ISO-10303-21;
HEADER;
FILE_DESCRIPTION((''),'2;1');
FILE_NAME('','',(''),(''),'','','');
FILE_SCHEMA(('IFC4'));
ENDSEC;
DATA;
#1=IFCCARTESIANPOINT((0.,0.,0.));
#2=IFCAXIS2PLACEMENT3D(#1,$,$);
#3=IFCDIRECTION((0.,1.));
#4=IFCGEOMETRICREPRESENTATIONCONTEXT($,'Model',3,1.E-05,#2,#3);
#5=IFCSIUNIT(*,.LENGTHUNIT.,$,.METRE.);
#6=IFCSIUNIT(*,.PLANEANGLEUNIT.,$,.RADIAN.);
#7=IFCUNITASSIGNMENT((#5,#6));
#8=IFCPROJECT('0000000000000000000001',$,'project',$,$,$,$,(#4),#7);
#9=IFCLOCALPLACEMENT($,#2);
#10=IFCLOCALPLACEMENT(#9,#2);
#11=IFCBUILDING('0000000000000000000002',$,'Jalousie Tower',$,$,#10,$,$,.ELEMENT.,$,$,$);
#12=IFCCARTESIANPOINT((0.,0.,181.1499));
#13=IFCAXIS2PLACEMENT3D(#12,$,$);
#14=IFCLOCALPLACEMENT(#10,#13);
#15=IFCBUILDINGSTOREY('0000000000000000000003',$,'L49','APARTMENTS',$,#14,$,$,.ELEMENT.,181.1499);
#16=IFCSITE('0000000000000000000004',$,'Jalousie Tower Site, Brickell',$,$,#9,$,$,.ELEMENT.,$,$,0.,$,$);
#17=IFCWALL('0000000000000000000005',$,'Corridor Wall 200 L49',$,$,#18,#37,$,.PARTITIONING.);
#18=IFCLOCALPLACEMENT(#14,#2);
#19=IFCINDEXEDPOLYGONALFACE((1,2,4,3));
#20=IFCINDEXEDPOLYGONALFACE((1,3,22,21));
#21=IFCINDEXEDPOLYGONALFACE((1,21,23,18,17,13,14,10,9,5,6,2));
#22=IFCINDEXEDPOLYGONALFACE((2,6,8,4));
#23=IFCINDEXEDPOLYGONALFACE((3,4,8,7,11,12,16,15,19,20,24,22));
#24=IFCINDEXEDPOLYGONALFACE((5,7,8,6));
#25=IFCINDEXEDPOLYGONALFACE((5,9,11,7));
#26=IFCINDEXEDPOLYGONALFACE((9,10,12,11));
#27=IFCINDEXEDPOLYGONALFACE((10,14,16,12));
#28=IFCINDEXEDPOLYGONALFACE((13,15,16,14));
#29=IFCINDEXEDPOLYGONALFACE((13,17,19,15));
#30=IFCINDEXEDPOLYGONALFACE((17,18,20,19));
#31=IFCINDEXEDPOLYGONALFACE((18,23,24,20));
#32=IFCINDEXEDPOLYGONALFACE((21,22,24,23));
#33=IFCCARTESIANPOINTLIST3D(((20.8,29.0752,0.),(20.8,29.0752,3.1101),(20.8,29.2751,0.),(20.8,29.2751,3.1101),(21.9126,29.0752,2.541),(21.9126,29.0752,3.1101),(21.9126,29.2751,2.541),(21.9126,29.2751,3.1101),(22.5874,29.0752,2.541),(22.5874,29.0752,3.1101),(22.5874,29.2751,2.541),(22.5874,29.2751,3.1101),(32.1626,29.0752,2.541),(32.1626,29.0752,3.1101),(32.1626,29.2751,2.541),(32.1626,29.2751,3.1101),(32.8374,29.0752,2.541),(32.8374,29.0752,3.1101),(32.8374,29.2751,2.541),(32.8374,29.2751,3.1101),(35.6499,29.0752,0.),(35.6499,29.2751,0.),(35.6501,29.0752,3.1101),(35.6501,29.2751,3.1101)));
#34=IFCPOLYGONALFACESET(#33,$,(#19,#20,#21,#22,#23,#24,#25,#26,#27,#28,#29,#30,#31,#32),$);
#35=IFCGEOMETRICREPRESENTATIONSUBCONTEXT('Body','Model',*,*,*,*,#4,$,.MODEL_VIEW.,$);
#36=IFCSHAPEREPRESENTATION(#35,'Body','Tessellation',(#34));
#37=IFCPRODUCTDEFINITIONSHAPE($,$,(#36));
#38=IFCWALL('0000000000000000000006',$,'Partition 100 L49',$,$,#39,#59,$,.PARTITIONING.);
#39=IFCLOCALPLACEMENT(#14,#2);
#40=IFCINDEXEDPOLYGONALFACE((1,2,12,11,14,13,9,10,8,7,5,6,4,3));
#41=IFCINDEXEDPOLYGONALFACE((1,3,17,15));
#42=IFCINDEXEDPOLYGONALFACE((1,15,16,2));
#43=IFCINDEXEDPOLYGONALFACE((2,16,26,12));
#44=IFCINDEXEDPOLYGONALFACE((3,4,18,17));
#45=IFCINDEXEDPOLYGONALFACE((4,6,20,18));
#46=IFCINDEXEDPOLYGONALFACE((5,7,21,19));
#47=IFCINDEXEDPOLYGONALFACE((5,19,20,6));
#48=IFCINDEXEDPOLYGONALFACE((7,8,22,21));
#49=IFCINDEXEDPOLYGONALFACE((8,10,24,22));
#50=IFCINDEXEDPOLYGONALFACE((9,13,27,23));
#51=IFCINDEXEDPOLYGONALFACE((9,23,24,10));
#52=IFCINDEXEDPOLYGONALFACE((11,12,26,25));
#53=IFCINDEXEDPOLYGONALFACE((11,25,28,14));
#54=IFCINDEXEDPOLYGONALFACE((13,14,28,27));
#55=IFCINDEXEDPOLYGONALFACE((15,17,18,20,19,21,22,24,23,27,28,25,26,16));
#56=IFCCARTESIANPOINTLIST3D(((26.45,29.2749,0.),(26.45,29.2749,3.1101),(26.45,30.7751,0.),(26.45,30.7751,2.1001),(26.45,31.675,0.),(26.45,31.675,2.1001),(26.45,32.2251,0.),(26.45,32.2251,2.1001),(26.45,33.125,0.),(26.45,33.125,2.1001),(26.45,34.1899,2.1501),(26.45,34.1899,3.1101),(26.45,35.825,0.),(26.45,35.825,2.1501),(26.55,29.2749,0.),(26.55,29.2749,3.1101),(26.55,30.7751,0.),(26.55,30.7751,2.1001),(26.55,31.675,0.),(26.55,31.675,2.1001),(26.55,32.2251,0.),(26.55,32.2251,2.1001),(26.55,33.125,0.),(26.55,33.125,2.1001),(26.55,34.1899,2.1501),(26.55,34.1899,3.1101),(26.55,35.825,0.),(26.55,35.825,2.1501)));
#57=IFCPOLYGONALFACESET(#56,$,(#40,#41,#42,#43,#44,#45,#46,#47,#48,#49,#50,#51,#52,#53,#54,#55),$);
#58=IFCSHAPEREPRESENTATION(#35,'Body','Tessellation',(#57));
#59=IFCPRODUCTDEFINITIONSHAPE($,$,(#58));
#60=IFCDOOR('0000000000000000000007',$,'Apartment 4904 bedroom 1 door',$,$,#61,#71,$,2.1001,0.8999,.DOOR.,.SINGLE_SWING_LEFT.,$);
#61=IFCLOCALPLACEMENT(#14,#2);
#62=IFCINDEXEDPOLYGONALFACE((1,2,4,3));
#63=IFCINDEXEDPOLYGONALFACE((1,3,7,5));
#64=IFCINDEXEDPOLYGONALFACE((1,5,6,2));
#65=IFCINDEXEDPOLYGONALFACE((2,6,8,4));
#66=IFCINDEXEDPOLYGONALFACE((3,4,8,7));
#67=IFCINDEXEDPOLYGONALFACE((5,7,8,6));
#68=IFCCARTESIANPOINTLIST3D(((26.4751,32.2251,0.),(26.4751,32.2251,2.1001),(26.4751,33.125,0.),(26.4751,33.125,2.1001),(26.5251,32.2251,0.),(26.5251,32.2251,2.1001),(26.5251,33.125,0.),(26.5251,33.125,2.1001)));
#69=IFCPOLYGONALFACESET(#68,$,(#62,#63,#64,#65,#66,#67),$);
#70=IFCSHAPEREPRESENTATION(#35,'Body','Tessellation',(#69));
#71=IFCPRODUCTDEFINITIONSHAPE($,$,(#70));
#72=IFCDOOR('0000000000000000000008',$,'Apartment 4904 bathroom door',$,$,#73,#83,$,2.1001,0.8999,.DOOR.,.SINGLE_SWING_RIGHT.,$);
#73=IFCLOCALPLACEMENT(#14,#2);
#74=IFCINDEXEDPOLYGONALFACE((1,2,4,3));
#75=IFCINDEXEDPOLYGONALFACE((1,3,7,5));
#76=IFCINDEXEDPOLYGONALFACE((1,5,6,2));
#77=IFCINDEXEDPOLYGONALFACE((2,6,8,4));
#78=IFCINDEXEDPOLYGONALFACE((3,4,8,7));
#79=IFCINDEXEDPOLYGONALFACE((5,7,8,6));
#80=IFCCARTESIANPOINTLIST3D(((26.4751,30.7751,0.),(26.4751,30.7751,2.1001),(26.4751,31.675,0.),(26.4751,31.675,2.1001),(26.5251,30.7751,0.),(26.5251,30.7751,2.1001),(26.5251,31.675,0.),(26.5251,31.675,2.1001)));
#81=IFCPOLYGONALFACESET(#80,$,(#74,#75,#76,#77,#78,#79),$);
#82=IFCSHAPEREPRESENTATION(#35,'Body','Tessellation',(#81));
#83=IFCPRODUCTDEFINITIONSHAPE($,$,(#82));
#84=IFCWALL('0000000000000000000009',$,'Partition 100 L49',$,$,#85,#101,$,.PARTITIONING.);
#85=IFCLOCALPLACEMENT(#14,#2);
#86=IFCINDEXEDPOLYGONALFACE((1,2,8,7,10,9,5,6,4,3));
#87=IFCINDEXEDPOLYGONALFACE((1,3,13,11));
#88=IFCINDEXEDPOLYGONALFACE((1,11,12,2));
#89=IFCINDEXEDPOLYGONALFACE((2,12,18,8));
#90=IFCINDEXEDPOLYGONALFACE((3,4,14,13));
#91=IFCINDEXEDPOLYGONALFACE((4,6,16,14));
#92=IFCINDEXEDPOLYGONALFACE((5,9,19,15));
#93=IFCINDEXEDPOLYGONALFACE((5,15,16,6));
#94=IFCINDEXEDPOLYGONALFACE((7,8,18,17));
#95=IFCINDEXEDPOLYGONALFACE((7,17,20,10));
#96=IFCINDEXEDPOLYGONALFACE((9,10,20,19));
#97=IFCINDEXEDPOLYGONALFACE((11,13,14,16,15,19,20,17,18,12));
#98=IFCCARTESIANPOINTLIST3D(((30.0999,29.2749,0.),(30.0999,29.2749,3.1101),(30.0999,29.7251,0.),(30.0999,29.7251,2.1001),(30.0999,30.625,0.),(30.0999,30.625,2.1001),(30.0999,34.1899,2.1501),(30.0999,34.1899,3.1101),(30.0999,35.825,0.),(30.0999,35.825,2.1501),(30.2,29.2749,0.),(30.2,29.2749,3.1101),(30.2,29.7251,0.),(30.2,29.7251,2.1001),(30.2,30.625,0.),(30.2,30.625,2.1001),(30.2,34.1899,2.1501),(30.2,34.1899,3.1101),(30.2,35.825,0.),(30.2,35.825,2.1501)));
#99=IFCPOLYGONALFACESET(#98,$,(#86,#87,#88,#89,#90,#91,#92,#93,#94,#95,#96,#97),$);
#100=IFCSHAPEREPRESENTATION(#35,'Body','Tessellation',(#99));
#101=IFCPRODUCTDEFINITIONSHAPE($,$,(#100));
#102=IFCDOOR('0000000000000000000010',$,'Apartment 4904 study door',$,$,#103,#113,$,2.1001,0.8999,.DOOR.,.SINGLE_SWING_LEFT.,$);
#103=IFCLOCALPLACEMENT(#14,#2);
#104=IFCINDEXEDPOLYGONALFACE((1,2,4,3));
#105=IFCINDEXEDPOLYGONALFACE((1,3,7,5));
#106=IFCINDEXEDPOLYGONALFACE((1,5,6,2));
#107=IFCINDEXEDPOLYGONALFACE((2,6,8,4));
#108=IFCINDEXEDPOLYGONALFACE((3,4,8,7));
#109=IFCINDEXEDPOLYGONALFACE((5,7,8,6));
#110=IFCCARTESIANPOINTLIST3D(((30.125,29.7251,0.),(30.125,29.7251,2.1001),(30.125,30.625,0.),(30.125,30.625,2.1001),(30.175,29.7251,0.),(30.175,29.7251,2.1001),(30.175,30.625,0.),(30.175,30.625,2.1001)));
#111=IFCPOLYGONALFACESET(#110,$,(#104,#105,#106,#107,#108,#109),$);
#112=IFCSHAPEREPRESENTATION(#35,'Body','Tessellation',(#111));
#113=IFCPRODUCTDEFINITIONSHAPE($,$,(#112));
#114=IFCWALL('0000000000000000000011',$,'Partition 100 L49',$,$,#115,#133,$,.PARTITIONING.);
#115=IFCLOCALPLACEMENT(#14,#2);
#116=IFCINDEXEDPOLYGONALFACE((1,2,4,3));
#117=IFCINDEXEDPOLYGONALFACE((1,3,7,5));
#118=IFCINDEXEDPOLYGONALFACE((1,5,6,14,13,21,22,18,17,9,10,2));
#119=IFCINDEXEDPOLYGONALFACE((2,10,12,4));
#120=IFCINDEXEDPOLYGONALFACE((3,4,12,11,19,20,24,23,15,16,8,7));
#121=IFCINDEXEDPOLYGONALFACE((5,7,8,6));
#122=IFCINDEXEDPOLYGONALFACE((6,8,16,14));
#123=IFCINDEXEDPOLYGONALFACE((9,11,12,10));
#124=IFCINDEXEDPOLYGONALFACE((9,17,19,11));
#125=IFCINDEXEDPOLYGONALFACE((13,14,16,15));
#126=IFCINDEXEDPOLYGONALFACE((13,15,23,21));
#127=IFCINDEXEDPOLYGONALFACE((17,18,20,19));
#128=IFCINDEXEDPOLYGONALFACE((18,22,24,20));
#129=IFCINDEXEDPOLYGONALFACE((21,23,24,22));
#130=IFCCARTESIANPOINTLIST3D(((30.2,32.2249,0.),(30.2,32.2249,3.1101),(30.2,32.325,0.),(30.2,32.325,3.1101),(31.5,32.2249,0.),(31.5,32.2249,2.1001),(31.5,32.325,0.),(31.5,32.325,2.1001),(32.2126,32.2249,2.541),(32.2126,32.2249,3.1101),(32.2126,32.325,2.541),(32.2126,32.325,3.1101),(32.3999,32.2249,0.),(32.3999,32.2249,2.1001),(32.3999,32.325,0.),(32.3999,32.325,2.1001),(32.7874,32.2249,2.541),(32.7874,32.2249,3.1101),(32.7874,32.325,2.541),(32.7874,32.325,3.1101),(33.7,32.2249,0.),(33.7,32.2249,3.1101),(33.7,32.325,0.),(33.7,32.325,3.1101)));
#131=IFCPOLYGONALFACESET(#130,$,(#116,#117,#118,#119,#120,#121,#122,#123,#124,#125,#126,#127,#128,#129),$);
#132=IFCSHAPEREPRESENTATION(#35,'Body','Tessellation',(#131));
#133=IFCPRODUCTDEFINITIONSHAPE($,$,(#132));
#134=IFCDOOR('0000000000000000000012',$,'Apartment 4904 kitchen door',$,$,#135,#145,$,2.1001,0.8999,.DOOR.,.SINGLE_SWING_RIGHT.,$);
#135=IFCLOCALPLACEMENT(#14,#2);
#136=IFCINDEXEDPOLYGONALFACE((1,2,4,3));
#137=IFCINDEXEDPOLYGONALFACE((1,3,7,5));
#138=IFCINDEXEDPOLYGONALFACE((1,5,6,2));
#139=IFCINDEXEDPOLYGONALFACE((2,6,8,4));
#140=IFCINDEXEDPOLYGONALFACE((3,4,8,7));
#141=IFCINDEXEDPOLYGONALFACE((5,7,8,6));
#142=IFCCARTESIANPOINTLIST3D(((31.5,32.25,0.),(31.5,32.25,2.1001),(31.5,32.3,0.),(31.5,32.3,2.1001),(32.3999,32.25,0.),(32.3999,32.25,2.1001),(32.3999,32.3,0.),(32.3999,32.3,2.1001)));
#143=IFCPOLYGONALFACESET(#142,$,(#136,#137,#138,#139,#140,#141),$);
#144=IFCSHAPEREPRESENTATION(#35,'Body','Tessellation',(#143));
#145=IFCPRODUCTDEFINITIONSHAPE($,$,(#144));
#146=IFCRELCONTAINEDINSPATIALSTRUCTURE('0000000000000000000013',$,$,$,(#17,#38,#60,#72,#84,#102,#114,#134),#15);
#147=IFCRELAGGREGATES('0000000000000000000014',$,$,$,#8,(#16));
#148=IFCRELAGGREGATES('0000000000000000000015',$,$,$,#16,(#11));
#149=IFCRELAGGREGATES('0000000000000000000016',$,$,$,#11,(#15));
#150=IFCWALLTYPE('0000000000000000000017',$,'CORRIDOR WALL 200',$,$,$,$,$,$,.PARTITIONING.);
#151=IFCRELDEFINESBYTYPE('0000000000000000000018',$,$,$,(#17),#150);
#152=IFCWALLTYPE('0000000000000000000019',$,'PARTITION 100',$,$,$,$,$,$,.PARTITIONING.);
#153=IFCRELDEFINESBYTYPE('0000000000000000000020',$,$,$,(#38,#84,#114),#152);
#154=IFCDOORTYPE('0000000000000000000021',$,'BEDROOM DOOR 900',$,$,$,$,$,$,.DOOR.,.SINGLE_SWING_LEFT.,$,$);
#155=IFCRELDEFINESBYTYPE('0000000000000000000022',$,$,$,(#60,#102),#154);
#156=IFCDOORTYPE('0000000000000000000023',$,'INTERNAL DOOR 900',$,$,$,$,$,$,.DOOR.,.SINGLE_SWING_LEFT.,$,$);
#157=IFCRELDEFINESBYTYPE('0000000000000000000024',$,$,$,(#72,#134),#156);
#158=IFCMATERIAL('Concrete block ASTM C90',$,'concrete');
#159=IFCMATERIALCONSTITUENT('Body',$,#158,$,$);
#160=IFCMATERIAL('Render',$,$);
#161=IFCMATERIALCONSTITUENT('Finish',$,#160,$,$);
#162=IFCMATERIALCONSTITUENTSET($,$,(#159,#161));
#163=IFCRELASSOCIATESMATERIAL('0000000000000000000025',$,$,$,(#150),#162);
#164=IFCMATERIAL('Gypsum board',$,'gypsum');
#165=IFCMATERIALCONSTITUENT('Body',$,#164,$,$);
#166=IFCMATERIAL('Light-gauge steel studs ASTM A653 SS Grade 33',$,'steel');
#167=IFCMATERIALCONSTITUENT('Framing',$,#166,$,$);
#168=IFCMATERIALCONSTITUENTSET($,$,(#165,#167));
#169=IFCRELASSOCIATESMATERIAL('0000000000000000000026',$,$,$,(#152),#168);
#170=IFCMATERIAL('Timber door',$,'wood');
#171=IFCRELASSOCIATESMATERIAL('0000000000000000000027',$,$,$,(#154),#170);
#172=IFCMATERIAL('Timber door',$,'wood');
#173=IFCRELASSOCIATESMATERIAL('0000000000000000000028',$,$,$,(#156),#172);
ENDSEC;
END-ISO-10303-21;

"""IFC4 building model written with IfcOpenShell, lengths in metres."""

from ifc_helpers import new_model, si_unit, direction, frame, frame_2d, origin, place, context, subcontext, project, spatial, polyline, rectangle, outline, extrude, material, constituent, constituent_set, type_object, element, fill, save


model = new_model("IFC4")

# Units and contexts
model_context = context("Model", 3, precision=1e-05, world=origin(), true_north=direction((0.0, 1.0)))
body_context = subcontext(model_context, "Body", "Model", "MODEL_VIEW")
ifc_project = project(units=[si_unit("LENGTHUNIT", "METRE"), si_unit("PLANEANGLEUNIT", "RADIAN")], contexts=[model_context])

# Site, building, storey
site_placement = place(None, origin())
site = spatial("IfcSite", under=ifc_project, at=site_placement, Name="Jalousie Tower Site, Brickell", CompositionType="ELEMENT", RefElevation=0.0)
building_placement = place(site_placement, origin())
building = spatial("IfcBuilding", under=site, at=building_placement, Name="Jalousie Tower", CompositionType="ELEMENT")
storey_placement = place(building_placement, frame((0.0, 0.0, 181.1499)))
storey = spatial("IfcBuildingStorey", under=building, at=storey_placement, Name="L49", Description="APARTMENTS", CompositionType="ELEMENT", Elevation=181.1499)

# Wall
ifc_material_1 = material(Name="Concrete block ASTM C90", Category="concrete")
ifc_constituent_1 = constituent(ifc_material_1, Name="Body")
ifc_material_2 = material(Name="Render")
ifc_constituent_2 = constituent(ifc_material_2, Name="Finish")
ifc_constituent_set_1 = constituent_set(constituents=[ifc_constituent_1, ifc_constituent_2])
wall_type_1 = type_object("IfcWallType", Name="CORRIDOR WALL 200", PredefinedType="PARTITIONING", material=ifc_constituent_set_1)
wall_1_placement = place(storey_placement, frame((20.8, 29.175, 0.0), z_axis=(0.0, 0.0, 1.0), x_axis=(1.0, 0.0, 0.0)))
element("IfcWall", 1, at=wall_1_placement, inside=storey, type_object=wall_type_1, Name="Corridor Wall 200 L49", PredefinedType="PARTITIONING", context=body_context, shape_type="SweptSolid", body=[
    extrude(outline(polyline([(0.0, 0.0), (14.8499, 0.0), (14.8501, 3.1101), (12.0374, 3.1101), (12.0374, 2.541), (11.3625, 2.541), (11.3625, 3.1101), (1.7874, 3.1101), (1.7874, 2.541), (1.1125, 2.541), (1.1125, 3.1101), (0.0, 3.1101), (0.0, 0.0)])), frame((0.0, 0.1001, 0.0), z_axis=(0.0, -1.0, 0.0), x_axis=(1.0, 0.0, 0.0)), (0.0, 0.0, 1.0), 0.2),
])

# Wall, openings, doors
ifc_material_3 = material(Name="Gypsum board", Category="gypsum")
ifc_constituent_3 = constituent(ifc_material_3, Name="Body")
ifc_material_4 = material(Name="Light-gauge steel studs ASTM A653 SS Grade 33", Category="steel")
ifc_constituent_4 = constituent(ifc_material_4, Name="Framing")
ifc_constituent_set_2 = constituent_set(constituents=[ifc_constituent_3, ifc_constituent_4])
wall_type_2 = type_object("IfcWallType", Name="PARTITION 100", PredefinedType="PARTITIONING", material=ifc_constituent_set_2)
wall_2_placement = place(storey_placement, frame((26.5, 35.825, 0.0), z_axis=(0.0, 0.0, 1.0), x_axis=(0.0, -1.0, 0.0)))
wall_2 = element("IfcWall", 2, at=wall_2_placement, inside=storey, type_object=wall_type_2, Name="Partition 100 L49", PredefinedType="PARTITIONING", context=body_context, shape_type="SweptSolid", body=[
    extrude(outline(polyline([(0.0, 0.0), (6.55, 0.0), (6.55, 3.1101), (1.635, 3.1101), (1.635, 2.1501), (0.0, 2.1501), (0.0, 3.1101), (0.0, 0.0)])), frame((0.0, 0.05, 0.0), z_axis=(0.0, -1.0, 0.0), x_axis=(1.0, 0.0, 0.0)), (0.0, 0.0, 1.0), 0.1001),
])
opening_1_placement = place(wall_2_placement, frame((2.7, 0.0, 0.0)))
opening_1 = element("IfcOpeningElement", 3, at=opening_1_placement, cuts=wall_2, PredefinedType="OPENING", context=body_context, shape_type="SweptSolid", body=[
    extrude(rectangle(XDim=0.8999, YDim=2.1001, at=frame_2d((0.45, 1.05))), frame((0.0, 0.0601, 0.0), z_axis=(0.0, -1.0, 0.0), x_axis=(1.0, 0.0, 0.0)), (0.0, 0.0, 1.0), 0.1201),
])
opening_2_placement = place(wall_2_placement, frame((4.1499, 0.0, 0.0)))
opening_2 = element("IfcOpeningElement", 4, at=opening_2_placement, cuts=wall_2, PredefinedType="OPENING", context=body_context, shape_type="SweptSolid", body=[
    extrude(rectangle(XDim=0.8999, YDim=2.1001, at=frame_2d((0.45, 1.05))), frame((0.0, 0.0601, 0.0), z_axis=(0.0, -1.0, 0.0), x_axis=(1.0, 0.0, 0.0)), (0.0, 0.0, 1.0), 0.1201),
])
ifc_material_5 = material(Name="Timber door", Category="wood")
door_type_1 = type_object("IfcDoorType", Name="BEDROOM DOOR 900", OperationType="SINGLE_SWING_LEFT", PredefinedType="DOOR", material=ifc_material_5)
door_1_placement = place(opening_1_placement, frame((0.8999, 0.0, 0.0), z_axis=(0.0, 0.0, 1.0), x_axis=(-1.0, 0.0, 0.0)))
door_1 = element("IfcDoor", 5, at=door_1_placement, inside=storey, type_object=door_type_1, Name="Apartment 4904 bedroom 1 door", OperationType="SINGLE_SWING_LEFT", OverallHeight=2.1001, OverallWidth=0.8999, PredefinedType="DOOR", context=body_context, shape_type="SweptSolid", body=[
    extrude(rectangle(XDim=0.8999, YDim=2.1001, at=frame_2d((0.45, 1.05))), frame((0.0, 0.0249, 0.0), z_axis=(0.0, -1.0, 0.0), x_axis=(1.0, 0.0, 0.0)), (0.0, 0.0, 1.0), 0.05),
])
fill(opening_1, door_1)
ifc_material_6 = material(Name="Timber door", Category="wood")
door_type_2 = type_object("IfcDoorType", Name="INTERNAL DOOR 900", OperationType="SINGLE_SWING_LEFT", PredefinedType="DOOR", material=ifc_material_6)
door_2_placement = place(opening_2_placement, frame((0.8999, 0.0, 0.0), z_axis=(0.0, 0.0, 1.0), x_axis=(-1.0, 0.0, 0.0)))
door_2 = element("IfcDoor", 6, at=door_2_placement, inside=storey, type_object=door_type_2, Name="Apartment 4904 bathroom door", OperationType="SINGLE_SWING_RIGHT", OverallHeight=2.1001, OverallWidth=0.8999, PredefinedType="DOOR", context=body_context, shape_type="SweptSolid", body=[
    extrude(rectangle(XDim=0.8999, YDim=2.1001, at=frame_2d((0.45, 1.05))), frame((0.0, 0.0249, 0.0), z_axis=(0.0, -1.0, 0.0), x_axis=(1.0, 0.0, 0.0)), (0.0, 0.0, 1.0), 0.05),
])
fill(opening_2, door_2)

# Walls, openings, doors
wall_3_placement = place(storey_placement, frame((30.1499, 35.825, 0.0), z_axis=(0.0, 0.0, 1.0), x_axis=(0.0, -1.0, 0.0)))
wall_3 = element("IfcWall", 7, at=wall_3_placement, inside=storey, type_object=wall_type_2, Name="Partition 100 L49", PredefinedType="PARTITIONING", context=body_context, shape_type="SweptSolid", body=[
    extrude(outline(polyline([(0.0, 0.0), (6.55, 0.0), (6.55, 3.1101), (1.635, 3.1101), (1.635, 2.1501), (0.0, 2.1501), (0.0, 3.1101), (0.0, 0.0)])), frame((0.0, 0.05, 0.0), z_axis=(0.0, -1.0, 0.0), x_axis=(1.0, 0.0, 0.0)), (0.0, 0.0, 1.0), 0.1001),
])
opening_3_placement = place(wall_3_placement, frame((5.2, 0.0, 0.0)))
opening_3 = element("IfcOpeningElement", 8, at=opening_3_placement, cuts=wall_3, PredefinedType="OPENING", context=body_context, shape_type="SweptSolid", body=[
    extrude(rectangle(XDim=0.8999, YDim=2.1001, at=frame_2d((0.45, 1.05))), frame((0.0, 0.0601, 0.0), z_axis=(0.0, -1.0, 0.0), x_axis=(1.0, 0.0, 0.0)), (0.0, 0.0, 1.0), 0.1201),
])
door_3_placement = place(opening_3_placement, frame((0.8999, 0.0, 0.0), z_axis=(0.0, 0.0, 1.0), x_axis=(-1.0, 0.0, 0.0)))
door_3 = element("IfcDoor", 9, at=door_3_placement, inside=storey, type_object=door_type_1, Name="Apartment 4904 study door", OperationType="SINGLE_SWING_LEFT", OverallHeight=2.1001, OverallWidth=0.8999, PredefinedType="DOOR", context=body_context, shape_type="SweptSolid", body=[
    extrude(rectangle(XDim=0.8999, YDim=2.1001, at=frame_2d((0.45, 1.05))), frame((0.0, 0.0249, 0.0), z_axis=(0.0, -1.0, 0.0), x_axis=(1.0, 0.0, 0.0)), (0.0, 0.0, 1.0), 0.05),
])
fill(opening_3, door_3)
wall_4_placement = place(storey_placement, frame((30.2, 32.2749, 0.0), z_axis=(0.0, 0.0, 1.0), x_axis=(1.0, 0.0, 0.0)))
wall_4 = element("IfcWall", 10, at=wall_4_placement, inside=storey, type_object=wall_type_2, Name="Partition 100 L49", PredefinedType="PARTITIONING", context=body_context, shape_type="SweptSolid", body=[
    extrude(outline(polyline([(0.0, 0.0), (3.5, 0.0), (3.5, 3.1101), (2.5874, 3.1101), (2.5874, 2.541), (2.0127, 2.541), (2.0127, 3.1101), (0.0, 3.1101), (0.0, 0.0)])), frame((0.0, 0.05, 0.0), z_axis=(0.0, -1.0, 0.0), x_axis=(1.0, 0.0, 0.0)), (0.0, 0.0, 1.0), 0.1001),
])
opening_4_placement = place(wall_4_placement, frame((1.3, 0.0, 0.0)))
opening_4 = element("IfcOpeningElement", 11, at=opening_4_placement, cuts=wall_4, PredefinedType="OPENING", context=body_context, shape_type="SweptSolid", body=[
    extrude(rectangle(XDim=0.8999, YDim=2.1001, at=frame_2d((0.45, 1.05))), frame((0.0, 0.0601, 0.0), z_axis=(0.0, -1.0, 0.0), x_axis=(1.0, 0.0, 0.0)), (0.0, 0.0, 1.0), 0.1201),
])
door_4_placement = place(opening_4_placement, frame((0.8999, 0.0, 0.0), z_axis=(0.0, 0.0, 1.0), x_axis=(-1.0, 0.0, 0.0)))
door_4 = element("IfcDoor", 12, at=door_4_placement, inside=storey, type_object=door_type_2, Name="Apartment 4904 kitchen door", OperationType="SINGLE_SWING_RIGHT", OverallHeight=2.1001, OverallWidth=0.8999, PredefinedType="DOOR", context=body_context, shape_type="SweptSolid", body=[
    extrude(rectangle(XDim=0.8999, YDim=2.1001, at=frame_2d((0.45, 1.05))), frame((0.0, 0.0249, 0.0), z_axis=(0.0, -1.0, 0.0), x_axis=(1.0, 0.0, 0.0)), (0.0, 0.0, 1.0), 0.05),
])
fill(opening_4, door_4)

save(model, "model.ifc")
